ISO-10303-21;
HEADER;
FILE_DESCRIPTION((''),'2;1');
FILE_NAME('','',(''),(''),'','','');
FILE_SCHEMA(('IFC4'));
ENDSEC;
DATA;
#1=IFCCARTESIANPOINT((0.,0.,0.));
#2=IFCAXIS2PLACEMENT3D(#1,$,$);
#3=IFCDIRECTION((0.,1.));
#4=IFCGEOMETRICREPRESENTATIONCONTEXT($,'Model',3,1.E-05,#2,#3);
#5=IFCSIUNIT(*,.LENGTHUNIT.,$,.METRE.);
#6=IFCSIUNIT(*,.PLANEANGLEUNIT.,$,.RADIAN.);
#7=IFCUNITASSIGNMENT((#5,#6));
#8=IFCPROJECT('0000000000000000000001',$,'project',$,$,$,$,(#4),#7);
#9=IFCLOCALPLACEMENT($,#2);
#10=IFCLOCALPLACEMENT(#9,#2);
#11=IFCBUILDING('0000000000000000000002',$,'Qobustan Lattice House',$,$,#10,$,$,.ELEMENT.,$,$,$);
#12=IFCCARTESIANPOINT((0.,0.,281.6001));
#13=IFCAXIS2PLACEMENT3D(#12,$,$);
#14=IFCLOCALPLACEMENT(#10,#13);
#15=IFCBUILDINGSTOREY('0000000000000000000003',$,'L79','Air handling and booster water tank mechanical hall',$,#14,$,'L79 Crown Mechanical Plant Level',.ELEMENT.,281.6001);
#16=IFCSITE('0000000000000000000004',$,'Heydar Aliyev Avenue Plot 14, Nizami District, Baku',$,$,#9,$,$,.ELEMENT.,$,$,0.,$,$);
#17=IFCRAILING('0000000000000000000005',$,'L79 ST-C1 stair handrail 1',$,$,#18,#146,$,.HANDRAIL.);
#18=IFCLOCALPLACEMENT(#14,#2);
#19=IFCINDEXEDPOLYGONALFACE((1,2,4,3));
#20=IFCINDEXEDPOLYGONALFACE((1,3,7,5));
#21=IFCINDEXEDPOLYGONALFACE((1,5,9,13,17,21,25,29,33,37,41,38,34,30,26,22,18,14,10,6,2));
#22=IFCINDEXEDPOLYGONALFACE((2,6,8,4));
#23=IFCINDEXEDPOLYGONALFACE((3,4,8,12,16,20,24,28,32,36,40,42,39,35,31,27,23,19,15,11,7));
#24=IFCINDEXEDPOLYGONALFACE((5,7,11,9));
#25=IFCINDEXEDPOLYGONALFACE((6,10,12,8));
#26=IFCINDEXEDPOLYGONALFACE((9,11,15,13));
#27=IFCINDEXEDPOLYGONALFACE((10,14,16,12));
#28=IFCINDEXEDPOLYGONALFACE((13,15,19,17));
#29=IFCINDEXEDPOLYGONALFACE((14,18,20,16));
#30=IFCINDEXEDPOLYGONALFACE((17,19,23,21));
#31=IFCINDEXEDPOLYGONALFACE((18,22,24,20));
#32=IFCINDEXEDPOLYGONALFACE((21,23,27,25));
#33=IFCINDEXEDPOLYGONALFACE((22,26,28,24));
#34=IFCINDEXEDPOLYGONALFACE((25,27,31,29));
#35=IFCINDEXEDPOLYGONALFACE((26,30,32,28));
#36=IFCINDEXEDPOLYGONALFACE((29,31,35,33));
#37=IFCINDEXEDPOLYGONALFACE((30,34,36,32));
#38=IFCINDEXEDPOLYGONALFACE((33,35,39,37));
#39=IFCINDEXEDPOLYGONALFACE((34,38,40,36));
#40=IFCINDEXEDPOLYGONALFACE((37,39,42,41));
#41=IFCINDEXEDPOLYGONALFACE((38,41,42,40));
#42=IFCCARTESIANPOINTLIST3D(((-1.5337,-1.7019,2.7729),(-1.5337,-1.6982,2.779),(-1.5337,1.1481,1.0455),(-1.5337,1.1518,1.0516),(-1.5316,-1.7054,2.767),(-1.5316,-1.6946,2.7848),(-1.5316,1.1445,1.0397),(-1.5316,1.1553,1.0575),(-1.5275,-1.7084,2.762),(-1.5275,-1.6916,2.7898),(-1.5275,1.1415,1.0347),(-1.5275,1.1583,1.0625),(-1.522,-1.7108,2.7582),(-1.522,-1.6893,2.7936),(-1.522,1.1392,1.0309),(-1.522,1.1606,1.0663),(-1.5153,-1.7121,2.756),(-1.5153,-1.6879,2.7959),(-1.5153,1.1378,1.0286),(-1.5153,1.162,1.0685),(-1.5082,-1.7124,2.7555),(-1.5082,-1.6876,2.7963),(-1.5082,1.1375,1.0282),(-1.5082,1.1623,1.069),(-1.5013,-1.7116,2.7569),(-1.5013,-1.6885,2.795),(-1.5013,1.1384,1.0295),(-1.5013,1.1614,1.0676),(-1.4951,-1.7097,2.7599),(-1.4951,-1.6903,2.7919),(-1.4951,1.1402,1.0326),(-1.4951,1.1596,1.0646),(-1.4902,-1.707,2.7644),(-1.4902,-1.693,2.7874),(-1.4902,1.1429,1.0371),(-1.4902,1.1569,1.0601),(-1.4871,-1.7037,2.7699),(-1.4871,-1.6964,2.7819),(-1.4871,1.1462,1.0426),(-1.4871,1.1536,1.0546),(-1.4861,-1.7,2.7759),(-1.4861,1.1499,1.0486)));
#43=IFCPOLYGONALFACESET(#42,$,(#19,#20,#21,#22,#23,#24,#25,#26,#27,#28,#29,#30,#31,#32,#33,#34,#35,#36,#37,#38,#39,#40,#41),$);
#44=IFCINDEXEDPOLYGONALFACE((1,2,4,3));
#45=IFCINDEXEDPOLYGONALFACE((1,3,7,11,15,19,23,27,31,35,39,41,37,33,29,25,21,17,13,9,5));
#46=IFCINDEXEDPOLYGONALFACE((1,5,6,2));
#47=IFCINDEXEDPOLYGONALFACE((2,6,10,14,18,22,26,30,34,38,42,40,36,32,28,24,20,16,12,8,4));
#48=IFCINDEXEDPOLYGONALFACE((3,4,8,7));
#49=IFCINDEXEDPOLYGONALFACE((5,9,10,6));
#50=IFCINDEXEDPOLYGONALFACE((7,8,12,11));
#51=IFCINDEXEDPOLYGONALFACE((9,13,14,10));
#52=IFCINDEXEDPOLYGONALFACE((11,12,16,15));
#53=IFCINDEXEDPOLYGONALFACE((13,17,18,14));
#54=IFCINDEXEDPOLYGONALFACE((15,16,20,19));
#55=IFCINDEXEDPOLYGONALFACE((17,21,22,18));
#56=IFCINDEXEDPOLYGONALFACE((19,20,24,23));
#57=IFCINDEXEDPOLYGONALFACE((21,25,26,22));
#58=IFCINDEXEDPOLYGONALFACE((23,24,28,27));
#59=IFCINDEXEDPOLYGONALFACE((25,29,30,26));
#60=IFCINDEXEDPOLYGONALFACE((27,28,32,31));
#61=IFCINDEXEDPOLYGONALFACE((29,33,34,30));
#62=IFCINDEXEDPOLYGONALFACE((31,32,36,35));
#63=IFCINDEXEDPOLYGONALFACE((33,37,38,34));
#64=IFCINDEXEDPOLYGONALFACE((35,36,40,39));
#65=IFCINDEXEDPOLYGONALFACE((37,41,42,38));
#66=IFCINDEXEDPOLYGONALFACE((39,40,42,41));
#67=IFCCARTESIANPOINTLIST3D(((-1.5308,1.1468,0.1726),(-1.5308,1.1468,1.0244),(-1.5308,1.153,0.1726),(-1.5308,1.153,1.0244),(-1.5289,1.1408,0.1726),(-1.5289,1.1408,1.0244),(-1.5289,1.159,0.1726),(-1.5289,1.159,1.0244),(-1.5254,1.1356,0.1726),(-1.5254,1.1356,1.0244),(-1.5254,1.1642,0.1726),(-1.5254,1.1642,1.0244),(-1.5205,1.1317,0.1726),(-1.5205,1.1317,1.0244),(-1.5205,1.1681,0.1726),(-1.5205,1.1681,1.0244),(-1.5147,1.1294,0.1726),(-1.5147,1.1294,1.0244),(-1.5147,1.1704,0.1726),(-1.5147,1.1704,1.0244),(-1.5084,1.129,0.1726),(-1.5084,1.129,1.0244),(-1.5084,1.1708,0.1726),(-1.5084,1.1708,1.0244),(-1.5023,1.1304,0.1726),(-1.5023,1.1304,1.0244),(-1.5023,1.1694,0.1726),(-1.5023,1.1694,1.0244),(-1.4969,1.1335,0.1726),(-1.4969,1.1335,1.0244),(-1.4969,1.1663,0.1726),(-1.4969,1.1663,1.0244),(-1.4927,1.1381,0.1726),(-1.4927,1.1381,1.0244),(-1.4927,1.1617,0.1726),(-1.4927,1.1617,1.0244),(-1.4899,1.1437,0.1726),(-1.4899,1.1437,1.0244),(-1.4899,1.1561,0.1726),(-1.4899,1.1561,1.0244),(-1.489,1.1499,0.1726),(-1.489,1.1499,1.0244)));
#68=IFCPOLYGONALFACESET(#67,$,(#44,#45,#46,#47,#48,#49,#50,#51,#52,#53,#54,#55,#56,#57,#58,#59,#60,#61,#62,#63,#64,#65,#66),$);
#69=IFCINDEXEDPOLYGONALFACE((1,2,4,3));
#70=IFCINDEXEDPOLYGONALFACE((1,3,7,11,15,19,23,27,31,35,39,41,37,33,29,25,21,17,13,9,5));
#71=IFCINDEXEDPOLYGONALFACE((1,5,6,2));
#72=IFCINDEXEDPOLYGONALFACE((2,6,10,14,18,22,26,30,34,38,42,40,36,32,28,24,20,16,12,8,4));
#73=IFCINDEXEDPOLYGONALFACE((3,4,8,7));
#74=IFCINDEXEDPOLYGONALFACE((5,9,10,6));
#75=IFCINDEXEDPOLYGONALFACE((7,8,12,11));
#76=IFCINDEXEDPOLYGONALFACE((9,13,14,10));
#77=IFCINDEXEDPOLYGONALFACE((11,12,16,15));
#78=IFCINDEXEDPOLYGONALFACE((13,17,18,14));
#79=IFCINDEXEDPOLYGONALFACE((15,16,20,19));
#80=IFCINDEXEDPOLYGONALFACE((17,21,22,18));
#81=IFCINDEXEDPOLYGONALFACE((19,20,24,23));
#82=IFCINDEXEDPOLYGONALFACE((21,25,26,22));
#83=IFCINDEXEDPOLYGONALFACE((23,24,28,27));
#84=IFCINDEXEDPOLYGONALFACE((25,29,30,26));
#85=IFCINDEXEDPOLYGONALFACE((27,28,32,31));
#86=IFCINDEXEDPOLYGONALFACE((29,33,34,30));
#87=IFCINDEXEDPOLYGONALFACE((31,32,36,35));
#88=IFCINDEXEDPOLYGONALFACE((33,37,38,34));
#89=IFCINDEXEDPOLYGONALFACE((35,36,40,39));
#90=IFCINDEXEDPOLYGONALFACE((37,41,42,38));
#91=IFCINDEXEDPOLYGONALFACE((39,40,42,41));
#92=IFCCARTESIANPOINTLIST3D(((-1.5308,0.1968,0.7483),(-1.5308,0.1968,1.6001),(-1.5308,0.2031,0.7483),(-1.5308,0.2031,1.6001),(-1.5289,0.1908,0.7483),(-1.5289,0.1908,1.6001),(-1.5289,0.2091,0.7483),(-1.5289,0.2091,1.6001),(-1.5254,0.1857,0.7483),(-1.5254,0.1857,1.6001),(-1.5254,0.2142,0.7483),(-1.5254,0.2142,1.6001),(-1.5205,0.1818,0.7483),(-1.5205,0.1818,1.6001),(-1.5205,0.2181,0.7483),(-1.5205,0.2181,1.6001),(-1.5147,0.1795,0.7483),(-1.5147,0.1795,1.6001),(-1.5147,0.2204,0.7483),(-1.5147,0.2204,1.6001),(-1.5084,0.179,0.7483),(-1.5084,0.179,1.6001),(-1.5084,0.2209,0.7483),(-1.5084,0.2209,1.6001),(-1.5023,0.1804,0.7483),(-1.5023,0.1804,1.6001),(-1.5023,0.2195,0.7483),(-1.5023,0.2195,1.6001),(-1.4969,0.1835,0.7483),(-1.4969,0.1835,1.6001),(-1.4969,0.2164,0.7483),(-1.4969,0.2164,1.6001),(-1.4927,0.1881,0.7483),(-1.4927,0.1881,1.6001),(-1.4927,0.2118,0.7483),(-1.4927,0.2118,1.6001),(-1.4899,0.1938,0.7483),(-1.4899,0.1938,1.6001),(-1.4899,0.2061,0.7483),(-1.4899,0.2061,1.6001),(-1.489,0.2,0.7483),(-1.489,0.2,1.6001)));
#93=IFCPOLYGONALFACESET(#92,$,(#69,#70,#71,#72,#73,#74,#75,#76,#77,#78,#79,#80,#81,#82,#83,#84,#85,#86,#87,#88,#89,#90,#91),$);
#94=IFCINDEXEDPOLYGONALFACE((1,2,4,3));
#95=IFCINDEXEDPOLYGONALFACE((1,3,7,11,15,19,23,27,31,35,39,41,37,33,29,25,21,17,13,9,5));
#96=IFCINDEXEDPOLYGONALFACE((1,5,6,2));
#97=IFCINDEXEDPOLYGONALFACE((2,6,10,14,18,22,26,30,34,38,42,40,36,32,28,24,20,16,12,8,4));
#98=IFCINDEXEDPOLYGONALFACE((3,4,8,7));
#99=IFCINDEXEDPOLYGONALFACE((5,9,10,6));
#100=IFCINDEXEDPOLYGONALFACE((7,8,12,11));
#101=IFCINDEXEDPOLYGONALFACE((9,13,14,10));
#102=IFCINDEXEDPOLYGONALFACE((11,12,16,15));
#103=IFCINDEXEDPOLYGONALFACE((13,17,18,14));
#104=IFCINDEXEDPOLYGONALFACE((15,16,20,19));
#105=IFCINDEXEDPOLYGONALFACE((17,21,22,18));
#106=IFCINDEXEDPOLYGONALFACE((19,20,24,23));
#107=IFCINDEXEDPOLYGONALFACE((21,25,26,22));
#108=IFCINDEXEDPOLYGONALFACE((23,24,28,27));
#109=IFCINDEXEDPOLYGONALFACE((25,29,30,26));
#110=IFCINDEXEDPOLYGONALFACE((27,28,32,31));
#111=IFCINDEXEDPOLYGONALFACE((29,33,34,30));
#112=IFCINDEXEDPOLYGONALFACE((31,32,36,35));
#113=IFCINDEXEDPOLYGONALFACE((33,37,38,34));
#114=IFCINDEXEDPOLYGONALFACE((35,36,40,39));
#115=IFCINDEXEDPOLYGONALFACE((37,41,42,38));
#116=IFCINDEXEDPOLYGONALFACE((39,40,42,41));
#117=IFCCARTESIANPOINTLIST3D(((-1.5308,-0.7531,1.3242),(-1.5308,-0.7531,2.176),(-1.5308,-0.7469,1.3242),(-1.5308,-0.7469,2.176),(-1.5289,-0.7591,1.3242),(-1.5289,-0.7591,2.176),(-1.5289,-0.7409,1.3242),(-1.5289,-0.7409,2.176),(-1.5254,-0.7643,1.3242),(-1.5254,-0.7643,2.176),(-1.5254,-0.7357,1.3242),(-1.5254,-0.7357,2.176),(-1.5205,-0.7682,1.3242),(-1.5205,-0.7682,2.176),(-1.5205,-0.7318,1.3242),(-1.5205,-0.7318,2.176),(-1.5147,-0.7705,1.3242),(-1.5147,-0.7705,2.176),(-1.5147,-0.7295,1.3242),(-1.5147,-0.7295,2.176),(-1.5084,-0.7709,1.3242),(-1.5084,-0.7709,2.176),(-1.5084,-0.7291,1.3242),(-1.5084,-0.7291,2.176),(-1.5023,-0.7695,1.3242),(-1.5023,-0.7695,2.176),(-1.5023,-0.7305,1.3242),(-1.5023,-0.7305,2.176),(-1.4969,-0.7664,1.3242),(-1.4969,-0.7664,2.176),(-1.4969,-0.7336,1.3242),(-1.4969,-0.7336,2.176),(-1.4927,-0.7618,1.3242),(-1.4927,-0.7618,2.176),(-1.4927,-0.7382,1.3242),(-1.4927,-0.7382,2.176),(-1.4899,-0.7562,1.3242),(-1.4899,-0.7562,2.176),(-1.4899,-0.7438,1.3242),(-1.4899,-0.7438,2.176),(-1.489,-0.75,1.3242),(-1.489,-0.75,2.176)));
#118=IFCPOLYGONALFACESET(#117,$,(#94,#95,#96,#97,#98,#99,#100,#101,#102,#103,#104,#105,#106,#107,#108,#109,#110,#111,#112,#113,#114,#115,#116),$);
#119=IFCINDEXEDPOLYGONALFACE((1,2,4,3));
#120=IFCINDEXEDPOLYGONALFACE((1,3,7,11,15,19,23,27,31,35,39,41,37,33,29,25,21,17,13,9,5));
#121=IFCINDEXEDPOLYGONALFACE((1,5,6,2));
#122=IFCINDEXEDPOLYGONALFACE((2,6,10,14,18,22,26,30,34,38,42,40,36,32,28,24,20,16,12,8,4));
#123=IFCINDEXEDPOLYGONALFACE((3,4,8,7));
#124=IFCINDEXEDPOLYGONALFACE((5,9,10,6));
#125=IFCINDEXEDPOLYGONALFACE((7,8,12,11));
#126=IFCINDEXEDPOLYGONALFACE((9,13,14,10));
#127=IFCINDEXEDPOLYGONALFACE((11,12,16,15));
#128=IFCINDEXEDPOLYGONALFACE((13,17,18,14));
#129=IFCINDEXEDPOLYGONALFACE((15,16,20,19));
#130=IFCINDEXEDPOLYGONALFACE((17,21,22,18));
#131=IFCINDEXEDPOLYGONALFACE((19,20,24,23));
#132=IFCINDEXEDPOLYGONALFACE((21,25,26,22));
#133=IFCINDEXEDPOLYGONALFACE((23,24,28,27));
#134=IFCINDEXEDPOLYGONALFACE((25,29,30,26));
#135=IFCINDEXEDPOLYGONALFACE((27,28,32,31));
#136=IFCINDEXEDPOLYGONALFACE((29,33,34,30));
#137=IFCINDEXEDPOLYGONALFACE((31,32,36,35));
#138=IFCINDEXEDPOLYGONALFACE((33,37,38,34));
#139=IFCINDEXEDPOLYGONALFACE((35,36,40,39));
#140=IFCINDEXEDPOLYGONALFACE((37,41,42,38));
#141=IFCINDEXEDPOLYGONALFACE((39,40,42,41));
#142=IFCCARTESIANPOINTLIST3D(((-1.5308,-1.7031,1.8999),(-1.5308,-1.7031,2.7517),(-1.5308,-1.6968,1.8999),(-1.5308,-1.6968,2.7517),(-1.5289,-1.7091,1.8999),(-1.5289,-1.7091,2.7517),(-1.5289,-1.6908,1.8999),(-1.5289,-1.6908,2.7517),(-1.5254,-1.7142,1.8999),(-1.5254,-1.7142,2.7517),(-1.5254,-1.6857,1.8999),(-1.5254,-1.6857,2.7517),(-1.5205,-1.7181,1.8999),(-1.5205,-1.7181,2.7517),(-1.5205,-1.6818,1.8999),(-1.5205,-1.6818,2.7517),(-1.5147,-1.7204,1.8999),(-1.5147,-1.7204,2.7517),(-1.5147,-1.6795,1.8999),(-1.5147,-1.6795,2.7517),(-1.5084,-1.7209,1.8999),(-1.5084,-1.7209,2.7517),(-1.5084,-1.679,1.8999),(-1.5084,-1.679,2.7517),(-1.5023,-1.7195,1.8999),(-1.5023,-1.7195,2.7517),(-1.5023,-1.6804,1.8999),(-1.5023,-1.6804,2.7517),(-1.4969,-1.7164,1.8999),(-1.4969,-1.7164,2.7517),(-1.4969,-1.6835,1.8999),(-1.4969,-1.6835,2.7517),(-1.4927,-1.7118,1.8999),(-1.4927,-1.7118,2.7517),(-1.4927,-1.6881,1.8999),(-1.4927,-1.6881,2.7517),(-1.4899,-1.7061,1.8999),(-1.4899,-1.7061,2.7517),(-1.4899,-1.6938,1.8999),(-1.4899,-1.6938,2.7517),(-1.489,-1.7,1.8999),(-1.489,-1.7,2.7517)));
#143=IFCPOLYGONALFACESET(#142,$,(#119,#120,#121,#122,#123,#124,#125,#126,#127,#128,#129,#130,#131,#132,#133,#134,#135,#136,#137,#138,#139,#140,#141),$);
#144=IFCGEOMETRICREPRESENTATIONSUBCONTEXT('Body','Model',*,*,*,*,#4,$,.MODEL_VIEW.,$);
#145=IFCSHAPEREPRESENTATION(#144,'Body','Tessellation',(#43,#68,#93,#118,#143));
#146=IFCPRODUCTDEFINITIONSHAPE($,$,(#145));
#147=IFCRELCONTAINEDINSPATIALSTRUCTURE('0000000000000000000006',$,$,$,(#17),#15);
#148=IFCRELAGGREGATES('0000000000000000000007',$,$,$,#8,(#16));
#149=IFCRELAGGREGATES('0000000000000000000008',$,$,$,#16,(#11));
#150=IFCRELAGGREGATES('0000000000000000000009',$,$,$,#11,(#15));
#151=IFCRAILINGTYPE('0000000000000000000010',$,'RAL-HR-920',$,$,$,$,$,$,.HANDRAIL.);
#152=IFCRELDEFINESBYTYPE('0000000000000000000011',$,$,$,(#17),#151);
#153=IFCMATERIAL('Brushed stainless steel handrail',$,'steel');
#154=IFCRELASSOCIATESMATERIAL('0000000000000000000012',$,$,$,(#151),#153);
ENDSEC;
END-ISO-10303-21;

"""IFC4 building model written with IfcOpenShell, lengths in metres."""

from ifc_helpers import new_model, si_unit, direction, frame, origin, origin_2d, place, context, subcontext, project, spatial, circle, extrude, material, type_object, element, save


model = new_model("IFC4")

# Units and contexts
model_context = context("Model", 3, precision=1e-05, world=origin(), true_north=direction((0.0, 1.0)))
body_context = subcontext(model_context, "Body", "Model", "MODEL_VIEW")
ifc_project = project(units=[si_unit("LENGTHUNIT", "METRE"), si_unit("PLANEANGLEUNIT", "RADIAN")], contexts=[model_context])

# Site, building, storey
site_placement = place(None, origin())
site = spatial("IfcSite", under=ifc_project, at=site_placement, Name="Heydar Aliyev Avenue Plot 14, Nizami District, Baku", CompositionType="ELEMENT", RefElevation=0.0)
building_placement = place(site_placement, origin())
building = spatial("IfcBuilding", under=site, at=building_placement, Name="Qobustan Lattice House", CompositionType="ELEMENT")
storey_placement = place(building_placement, frame((0.0, 0.0, 281.6001)))
storey = spatial("IfcBuildingStorey", under=building, at=storey_placement, Name="L79", Description="Air handling and booster water tank mechanical hall", LongName="L79 Crown Mechanical Plant Level", CompositionType="ELEMENT", Elevation=281.6001)

# Railing
ifc_material_1 = material(Name="Brushed stainless steel handrail", Category="steel")
railing_type_1 = type_object("IfcRailingType", Name="RAL-HR-920", PredefinedType="HANDRAIL", material=ifc_material_1)
railing_1_placement = place(storey_placement, frame((-1.51, 1.1499, 0.1726)))
element("IfcRailing", 1, at=railing_1_placement, inside=storey, type_object=railing_type_1, Name="L79 ST-C1 stair handrail 1", PredefinedType="HANDRAIL", context=body_context, shape_type="SweptSolid", body=[
    extrude(circle(Radius=0.0239, at=origin_2d()), frame((0.0, 0.0, 0.876), z_axis=(0.0, -0.855183, 0.518326), x_axis=(1.0, 0.0, 0.0)), (0.0, 0.0, 1.0), 3.3325),
    extrude(circle(Radius=0.021, at=origin_2d()), origin(), (0.0, 0.0, 1.0), 0.8518),
    extrude(circle(Radius=0.021, at=origin_2d()), frame((0.0, -0.95, 0.5757)), (0.0, 0.0, 1.0), 0.8518),
    extrude(circle(Radius=0.021, at=origin_2d()), frame((0.0, -1.8999, 1.1516)), (0.0, 0.0, 1.0), 0.8518),
    extrude(circle(Radius=0.021, at=origin_2d()), frame((0.0, -2.8499, 1.7273)), (0.0, 0.0, 1.0), 0.8518),
])

save(model, "model.ifc")
